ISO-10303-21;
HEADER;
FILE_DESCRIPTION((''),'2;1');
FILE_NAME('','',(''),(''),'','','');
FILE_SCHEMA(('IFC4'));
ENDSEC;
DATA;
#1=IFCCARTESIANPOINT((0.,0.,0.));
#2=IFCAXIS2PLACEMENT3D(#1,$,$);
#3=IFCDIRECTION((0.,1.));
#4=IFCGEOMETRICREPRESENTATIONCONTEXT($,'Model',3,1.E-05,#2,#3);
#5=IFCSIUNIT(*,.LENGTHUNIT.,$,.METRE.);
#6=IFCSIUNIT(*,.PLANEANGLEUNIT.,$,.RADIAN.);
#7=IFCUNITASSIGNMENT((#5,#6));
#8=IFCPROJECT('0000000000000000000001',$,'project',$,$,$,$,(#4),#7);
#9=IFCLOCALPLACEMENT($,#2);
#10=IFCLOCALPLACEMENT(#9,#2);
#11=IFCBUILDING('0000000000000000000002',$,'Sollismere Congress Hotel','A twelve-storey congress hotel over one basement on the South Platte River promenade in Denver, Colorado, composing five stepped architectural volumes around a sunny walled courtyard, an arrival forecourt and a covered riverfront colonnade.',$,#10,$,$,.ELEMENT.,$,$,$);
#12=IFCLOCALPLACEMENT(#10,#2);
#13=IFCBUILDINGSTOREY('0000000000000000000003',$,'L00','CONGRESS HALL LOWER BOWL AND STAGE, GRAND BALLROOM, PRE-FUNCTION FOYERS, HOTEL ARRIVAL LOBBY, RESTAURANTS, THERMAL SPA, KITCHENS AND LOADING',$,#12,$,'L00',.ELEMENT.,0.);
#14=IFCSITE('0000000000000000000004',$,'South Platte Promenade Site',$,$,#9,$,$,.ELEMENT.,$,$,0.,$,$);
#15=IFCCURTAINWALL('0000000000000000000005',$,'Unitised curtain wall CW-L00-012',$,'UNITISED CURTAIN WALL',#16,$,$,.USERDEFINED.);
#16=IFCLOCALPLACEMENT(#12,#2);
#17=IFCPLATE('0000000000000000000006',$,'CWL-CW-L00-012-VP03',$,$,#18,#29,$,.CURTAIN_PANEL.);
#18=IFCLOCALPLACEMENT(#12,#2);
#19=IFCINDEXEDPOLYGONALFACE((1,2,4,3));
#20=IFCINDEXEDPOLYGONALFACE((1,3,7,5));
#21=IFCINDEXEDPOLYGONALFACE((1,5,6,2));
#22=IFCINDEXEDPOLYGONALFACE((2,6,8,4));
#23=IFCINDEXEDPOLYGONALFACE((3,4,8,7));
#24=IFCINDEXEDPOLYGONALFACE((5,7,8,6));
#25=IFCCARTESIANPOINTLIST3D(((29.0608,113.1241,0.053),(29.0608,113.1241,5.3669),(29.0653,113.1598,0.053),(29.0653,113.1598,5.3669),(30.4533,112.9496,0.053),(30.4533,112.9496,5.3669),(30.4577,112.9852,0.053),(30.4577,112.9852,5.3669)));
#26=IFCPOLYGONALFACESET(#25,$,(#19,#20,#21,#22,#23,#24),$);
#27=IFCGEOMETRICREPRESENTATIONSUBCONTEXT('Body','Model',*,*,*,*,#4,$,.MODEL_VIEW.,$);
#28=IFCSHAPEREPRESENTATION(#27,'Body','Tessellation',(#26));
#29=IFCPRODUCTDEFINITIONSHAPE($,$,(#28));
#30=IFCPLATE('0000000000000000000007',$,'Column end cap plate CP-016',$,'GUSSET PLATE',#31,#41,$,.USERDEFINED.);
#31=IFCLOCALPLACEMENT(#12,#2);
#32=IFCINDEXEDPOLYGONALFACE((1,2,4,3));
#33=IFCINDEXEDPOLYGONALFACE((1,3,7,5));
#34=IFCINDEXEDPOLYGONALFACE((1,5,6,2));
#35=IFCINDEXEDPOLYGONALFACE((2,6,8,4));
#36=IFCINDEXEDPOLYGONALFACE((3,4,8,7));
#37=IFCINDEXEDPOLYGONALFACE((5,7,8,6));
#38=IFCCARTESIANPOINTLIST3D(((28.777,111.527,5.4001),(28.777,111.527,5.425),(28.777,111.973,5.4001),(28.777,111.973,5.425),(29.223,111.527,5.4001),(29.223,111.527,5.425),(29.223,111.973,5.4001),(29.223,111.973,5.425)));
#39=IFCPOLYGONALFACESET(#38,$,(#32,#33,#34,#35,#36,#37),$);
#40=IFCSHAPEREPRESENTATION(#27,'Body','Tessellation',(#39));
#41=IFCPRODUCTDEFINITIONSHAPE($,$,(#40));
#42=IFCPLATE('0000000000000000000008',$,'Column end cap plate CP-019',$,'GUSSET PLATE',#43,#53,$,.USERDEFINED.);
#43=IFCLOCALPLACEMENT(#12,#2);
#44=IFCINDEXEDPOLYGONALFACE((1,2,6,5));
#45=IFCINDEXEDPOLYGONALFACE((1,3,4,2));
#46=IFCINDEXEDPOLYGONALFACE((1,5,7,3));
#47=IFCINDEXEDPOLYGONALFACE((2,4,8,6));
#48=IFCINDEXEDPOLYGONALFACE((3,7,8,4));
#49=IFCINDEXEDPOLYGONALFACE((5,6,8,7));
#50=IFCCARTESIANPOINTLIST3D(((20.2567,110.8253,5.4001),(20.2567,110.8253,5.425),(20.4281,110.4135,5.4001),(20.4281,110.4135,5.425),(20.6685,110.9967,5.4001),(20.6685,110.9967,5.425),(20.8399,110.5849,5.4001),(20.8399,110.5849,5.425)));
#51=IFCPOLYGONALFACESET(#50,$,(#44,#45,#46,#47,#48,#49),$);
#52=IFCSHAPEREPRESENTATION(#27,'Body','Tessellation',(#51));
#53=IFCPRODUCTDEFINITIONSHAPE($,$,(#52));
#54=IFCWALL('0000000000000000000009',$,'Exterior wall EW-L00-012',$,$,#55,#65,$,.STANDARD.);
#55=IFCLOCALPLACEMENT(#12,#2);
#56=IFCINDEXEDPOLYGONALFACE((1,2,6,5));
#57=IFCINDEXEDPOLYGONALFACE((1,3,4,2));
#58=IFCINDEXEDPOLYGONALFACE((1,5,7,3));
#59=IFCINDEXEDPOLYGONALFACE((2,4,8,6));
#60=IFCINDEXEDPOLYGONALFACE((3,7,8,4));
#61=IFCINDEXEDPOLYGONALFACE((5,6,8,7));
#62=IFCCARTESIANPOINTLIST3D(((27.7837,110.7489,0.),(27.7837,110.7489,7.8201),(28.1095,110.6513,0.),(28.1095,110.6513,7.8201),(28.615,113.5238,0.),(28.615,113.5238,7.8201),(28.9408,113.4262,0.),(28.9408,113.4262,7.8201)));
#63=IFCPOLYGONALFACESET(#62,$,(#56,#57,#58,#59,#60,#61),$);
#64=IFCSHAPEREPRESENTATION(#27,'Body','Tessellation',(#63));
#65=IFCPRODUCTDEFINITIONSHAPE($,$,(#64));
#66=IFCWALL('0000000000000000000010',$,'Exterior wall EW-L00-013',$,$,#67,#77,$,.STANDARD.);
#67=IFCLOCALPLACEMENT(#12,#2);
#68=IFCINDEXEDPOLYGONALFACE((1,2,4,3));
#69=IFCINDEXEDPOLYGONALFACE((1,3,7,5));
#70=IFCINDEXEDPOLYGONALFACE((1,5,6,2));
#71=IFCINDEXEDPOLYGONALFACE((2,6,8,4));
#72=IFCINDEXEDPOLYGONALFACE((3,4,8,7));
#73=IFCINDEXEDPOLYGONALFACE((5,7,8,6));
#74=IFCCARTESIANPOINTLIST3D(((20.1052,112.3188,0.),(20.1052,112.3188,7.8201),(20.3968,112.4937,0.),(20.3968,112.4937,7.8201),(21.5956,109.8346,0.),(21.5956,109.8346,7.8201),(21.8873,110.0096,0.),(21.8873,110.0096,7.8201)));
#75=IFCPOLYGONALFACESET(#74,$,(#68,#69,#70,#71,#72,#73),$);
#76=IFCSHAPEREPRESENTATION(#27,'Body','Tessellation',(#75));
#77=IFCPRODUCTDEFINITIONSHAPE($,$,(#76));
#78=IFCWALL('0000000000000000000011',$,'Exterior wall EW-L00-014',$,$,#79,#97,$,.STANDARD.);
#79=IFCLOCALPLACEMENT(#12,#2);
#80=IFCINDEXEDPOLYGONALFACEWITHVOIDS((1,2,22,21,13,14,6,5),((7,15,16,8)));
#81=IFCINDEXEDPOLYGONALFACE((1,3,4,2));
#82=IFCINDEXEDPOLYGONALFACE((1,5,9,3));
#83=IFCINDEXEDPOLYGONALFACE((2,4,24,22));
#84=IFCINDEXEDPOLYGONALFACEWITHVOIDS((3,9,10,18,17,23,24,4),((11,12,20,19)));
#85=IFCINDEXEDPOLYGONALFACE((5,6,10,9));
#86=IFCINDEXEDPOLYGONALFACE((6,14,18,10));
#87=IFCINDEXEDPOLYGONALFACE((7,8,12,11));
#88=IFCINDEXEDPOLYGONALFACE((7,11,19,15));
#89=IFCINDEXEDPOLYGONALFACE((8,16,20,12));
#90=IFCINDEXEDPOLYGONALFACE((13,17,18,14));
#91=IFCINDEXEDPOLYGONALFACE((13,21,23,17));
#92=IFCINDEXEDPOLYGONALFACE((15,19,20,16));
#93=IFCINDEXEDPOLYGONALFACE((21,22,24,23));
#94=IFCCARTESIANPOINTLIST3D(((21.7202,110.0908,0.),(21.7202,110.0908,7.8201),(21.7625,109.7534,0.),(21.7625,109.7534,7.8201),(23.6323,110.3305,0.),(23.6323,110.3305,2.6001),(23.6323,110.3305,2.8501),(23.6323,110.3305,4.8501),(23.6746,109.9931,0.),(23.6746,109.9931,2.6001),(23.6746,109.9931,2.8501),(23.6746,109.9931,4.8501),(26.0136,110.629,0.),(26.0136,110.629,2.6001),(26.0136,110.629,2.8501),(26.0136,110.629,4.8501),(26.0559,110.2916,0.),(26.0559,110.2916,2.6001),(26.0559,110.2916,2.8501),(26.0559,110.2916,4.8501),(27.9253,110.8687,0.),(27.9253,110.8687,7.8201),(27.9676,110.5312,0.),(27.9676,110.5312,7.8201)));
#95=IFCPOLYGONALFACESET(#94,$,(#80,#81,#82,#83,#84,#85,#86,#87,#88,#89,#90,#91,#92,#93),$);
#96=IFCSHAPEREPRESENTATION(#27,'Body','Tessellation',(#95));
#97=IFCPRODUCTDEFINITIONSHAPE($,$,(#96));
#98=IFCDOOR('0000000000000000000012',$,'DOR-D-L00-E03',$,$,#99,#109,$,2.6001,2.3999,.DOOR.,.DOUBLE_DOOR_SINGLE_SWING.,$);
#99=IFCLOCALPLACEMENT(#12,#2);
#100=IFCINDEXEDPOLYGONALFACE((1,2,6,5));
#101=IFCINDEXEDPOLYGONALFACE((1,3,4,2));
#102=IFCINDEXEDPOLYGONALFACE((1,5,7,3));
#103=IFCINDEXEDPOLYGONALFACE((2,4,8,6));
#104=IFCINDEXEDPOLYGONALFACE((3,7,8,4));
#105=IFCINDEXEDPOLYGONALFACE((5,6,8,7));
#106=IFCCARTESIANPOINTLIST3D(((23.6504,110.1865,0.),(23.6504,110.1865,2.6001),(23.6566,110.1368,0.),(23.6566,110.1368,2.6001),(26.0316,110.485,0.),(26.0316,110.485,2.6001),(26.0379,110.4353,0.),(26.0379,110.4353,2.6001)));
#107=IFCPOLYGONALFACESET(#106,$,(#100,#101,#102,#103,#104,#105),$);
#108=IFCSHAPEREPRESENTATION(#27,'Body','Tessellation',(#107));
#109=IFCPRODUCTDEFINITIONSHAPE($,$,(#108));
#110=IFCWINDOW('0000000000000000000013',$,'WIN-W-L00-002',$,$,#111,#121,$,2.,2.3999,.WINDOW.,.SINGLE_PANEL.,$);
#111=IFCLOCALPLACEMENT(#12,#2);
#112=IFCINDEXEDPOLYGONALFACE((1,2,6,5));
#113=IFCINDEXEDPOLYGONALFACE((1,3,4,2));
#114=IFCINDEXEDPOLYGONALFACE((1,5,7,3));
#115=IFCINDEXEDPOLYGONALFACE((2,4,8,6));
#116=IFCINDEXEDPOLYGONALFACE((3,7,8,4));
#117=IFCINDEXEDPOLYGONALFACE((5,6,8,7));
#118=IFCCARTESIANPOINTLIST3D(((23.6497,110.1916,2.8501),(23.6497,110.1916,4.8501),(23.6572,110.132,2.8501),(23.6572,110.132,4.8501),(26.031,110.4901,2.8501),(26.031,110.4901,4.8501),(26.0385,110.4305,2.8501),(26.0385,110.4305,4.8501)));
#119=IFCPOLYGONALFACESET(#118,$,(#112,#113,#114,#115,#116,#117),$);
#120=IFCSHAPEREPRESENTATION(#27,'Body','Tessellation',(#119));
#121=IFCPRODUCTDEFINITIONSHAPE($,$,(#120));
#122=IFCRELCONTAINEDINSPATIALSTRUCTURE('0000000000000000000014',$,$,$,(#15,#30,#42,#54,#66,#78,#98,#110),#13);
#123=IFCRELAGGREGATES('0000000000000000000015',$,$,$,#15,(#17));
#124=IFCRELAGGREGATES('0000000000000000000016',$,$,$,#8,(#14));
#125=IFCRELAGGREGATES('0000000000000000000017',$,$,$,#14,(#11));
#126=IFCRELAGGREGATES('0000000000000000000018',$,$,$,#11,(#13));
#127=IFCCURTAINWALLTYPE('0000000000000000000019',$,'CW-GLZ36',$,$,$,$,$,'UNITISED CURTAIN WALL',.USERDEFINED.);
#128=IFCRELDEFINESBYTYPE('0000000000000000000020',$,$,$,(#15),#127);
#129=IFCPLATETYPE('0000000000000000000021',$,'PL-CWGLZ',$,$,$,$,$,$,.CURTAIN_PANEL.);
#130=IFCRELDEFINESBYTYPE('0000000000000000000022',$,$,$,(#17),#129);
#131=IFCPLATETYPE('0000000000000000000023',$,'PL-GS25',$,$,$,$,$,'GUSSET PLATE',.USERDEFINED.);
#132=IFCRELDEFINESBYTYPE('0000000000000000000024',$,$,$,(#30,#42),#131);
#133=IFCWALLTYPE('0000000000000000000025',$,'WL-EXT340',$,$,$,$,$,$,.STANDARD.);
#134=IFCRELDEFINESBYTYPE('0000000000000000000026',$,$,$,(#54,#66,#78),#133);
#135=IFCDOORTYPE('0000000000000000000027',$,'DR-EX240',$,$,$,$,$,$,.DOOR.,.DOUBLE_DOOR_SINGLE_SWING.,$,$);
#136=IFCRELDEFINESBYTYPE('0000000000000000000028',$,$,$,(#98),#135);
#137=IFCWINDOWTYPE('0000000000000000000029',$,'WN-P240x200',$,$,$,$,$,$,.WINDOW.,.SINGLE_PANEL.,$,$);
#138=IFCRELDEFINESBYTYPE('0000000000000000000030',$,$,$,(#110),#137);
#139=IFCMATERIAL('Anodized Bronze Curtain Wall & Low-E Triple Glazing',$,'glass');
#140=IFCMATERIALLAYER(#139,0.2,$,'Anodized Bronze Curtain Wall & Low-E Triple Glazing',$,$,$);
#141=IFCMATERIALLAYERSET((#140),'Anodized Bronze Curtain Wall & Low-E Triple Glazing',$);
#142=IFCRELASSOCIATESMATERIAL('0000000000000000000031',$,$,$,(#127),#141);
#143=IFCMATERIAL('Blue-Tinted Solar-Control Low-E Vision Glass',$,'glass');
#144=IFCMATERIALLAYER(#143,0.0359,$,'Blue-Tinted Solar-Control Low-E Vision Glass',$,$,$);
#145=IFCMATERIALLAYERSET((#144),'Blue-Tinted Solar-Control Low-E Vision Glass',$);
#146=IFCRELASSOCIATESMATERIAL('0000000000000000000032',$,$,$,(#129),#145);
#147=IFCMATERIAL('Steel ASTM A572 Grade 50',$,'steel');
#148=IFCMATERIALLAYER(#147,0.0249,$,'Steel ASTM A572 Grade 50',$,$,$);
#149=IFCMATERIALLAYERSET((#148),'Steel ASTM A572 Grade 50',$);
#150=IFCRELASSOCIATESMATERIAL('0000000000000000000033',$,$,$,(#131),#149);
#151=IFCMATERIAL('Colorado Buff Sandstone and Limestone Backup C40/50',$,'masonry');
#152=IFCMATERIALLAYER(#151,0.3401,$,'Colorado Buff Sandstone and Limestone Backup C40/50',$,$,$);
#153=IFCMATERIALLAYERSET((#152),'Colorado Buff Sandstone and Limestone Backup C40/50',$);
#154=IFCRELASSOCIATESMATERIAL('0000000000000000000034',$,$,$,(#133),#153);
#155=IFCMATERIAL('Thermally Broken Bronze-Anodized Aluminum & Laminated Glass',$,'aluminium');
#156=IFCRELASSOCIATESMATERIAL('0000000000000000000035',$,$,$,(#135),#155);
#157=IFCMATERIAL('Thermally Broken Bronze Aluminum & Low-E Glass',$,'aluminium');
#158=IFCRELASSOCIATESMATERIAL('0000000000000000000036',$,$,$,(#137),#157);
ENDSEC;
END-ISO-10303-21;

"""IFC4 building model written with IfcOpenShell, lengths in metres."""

from ifc_helpers import new_model, si_unit, direction, frame, frame_2d, origin, origin_2d, place, context, subcontext, project, spatial, rectangle, extrude, material, layer, layer_set, type_object, element, fill, aggregate, save


model = new_model("IFC4")

# Units and contexts
model_context = context("Model", 3, precision=1e-05, world=origin(), true_north=direction((0.0, 1.0)))
body_context = subcontext(model_context, "Body", "Model", "MODEL_VIEW")
ifc_project = project(units=[si_unit("LENGTHUNIT", "METRE"), si_unit("PLANEANGLEUNIT", "RADIAN")], contexts=[model_context])

# Site, building, storey
site_placement = place(None, origin())
site = spatial("IfcSite", under=ifc_project, at=site_placement, Name="South Platte Promenade Site", CompositionType="ELEMENT", RefElevation=0.0)
building_placement = place(site_placement, origin())
building = spatial("IfcBuilding", under=site, at=building_placement, Name="Sollismere Congress Hotel", Description="A twelve-storey congress hotel over one basement on the South Platte River promenade in Denver, Colorado, composing five stepped architectural volumes around a sunny walled courtyard, an arrival forecourt and a covered riverfront colonnade.", CompositionType="ELEMENT")
storey_placement = place(building_placement, origin())
storey = spatial("IfcBuildingStorey", under=building, at=storey_placement, Name="L00", Description="CONGRESS HALL LOWER BOWL AND STAGE, GRAND BALLROOM, PRE-FUNCTION FOYERS, HOTEL ARRIVAL LOBBY, RESTAURANTS, THERMAL SPA, KITCHENS AND LOADING", LongName="L00", CompositionType="ELEMENT", Elevation=0.0)

# Curtain wall
ifc_material_1 = material(Name="Anodized Bronze Curtain Wall & Low-E Triple Glazing", Category="glass")
ifc_layer_1 = layer(ifc_material_1, 0.2, Name="Anodized Bronze Curtain Wall & Low-E Triple Glazing")
ifc_layer_set_1 = layer_set([ifc_layer_1], Name="Anodized Bronze Curtain Wall & Low-E Triple Glazing")
curtain_wall_type = type_object("IfcCurtainWallType", Name="CW-GLZ36", ElementType="UNITISED CURTAIN WALL", PredefinedType="USERDEFINED", material=ifc_layer_set_1)
curtain_wall_1_placement = place(storey_placement, origin())
curtain_wall_1 = element("IfcCurtainWall", 1, at=curtain_wall_1_placement, inside=storey, type_object=curtain_wall_type, Name="Unitised curtain wall CW-L00-012", ObjectType="UNITISED CURTAIN WALL", PredefinedType="USERDEFINED")

# Plate
ifc_material_2 = material(Name="Blue-Tinted Solar-Control Low-E Vision Glass", Category="glass")
ifc_layer_2 = layer(ifc_material_2, 0.0359, Name="Blue-Tinted Solar-Control Low-E Vision Glass")
ifc_layer_set_2 = layer_set([ifc_layer_2], Name="Blue-Tinted Solar-Control Low-E Vision Glass")
plate_type_1 = type_object("IfcPlateType", Name="PL-CWGLZ", PredefinedType="CURTAIN_PANEL", material=ifc_layer_set_2)
plate_1_placement = place(storey_placement, frame((29.7593, 113.0547, 0.053), z_axis=(0.0, 0.0, 1.0), x_axis=(-0.992237, 0.124363, 0.0)))
plate_1 = element("IfcPlate", 2, at=plate_1_placement, type_object=plate_type_1, Name="CWL-CW-L00-012-VP03", PredefinedType="CURTAIN_PANEL", context=body_context, shape_type="SweptSolid", body=[
    extrude(rectangle(XDim=1.4033, YDim=0.0359, at=origin_2d()), origin(), (0.0, 0.0, 1.0), 5.314),
])
aggregate(curtain_wall_1, [plate_1])

# Plates
ifc_material_3 = material(Name="Steel ASTM A572 Grade 50", Category="steel")
ifc_layer_3 = layer(ifc_material_3, 0.0249, Name="Steel ASTM A572 Grade 50")
ifc_layer_set_3 = layer_set([ifc_layer_3], Name="Steel ASTM A572 Grade 50")
plate_type_2 = type_object("IfcPlateType", Name="PL-GS25", ElementType="GUSSET PLATE", PredefinedType="USERDEFINED", material=ifc_layer_set_3)
for number, where, z_axis, x_axis, name in (
    (3, (29.0, 111.75, 5.4001), (0.0, 0.0, 1.0), (0.0, 1.0, 0.0), "Column end cap plate CP-016"),
    (4, (20.5483, 110.7051, 5.4001), (0.0, 0.0, 1.0), (-0.384295, 0.92321, 0.0), "Column end cap plate CP-019"),
):
    element("IfcPlate", number, at=place(storey_placement, frame(where, z_axis=z_axis, x_axis=x_axis)), inside=storey, type_object=plate_type_2, Name=name, ObjectType="GUSSET PLATE", PredefinedType="USERDEFINED", context=body_context, shape_type="SweptSolid", body=[
        extrude(rectangle(XDim=0.446, YDim=0.446, at=origin_2d()), origin(), (0.0, 0.0, 1.0), 0.0249),
    ])

# Walls
ifc_material_4 = material(Name="Colorado Buff Sandstone and Limestone Backup C40/50", Category="masonry")
ifc_layer_4 = layer(ifc_material_4, 0.3401, Name="Colorado Buff Sandstone and Limestone Backup C40/50")
ifc_layer_set_4 = layer_set([ifc_layer_4], Name="Colorado Buff Sandstone and Limestone Backup C40/50")
wall_type = type_object("IfcWallType", Name="WL-EXT340", PredefinedType="STANDARD", material=ifc_layer_set_4)
wall_1_placement = place(storey_placement, frame((28.7778, 113.4749, 0.0), z_axis=(0.0, 0.0, 1.0), x_axis=(-0.286977, -0.957938, 0.0)))
element("IfcWall", 5, at=wall_1_placement, inside=storey, type_object=wall_type, Name="Exterior wall EW-L00-012", PredefinedType="STANDARD", context=body_context, shape_type="SweptSolid", body=[
    extrude(rectangle(XDim=2.8967, YDim=0.3401, at=frame_2d((1.4482, 0.0))), origin(), (0.0, 0.0, 1.0), 7.8201),
])
wall_2_placement = place(storey_placement, frame((21.7415, 109.9221, 0.0), z_axis=(0.0, 0.0, 1.0), x_axis=(-0.514496, 0.857493, 0.0)))
element("IfcWall", 6, at=wall_2_placement, inside=storey, type_object=wall_type, Name="Exterior wall EW-L00-013", PredefinedType="STANDARD", context=body_context, shape_type="SweptSolid", body=[
    extrude(rectangle(XDim=2.897, YDim=0.3401, at=frame_2d((1.4485, 0.0))), origin(), (0.0, 0.0, 1.0), 7.8201),
])

# Wall, openings, door, window
wall_3_placement = place(storey_placement, frame((27.9465, 110.7, 0.0), z_axis=(0.0, 0.0, 1.0), x_axis=(-0.992235, -0.124381, 0.0)))
wall_3 = element("IfcWall", 7, at=wall_3_placement, inside=storey, type_object=wall_type, Name="Exterior wall EW-L00-014", PredefinedType="STANDARD", context=body_context, shape_type="SweptSolid", body=[
    extrude(rectangle(XDim=6.2537, YDim=0.3401, at=frame_2d((3.127, 0.0))), origin(), (0.0, 0.0, 1.0), 7.8201),
])
opening_1_placement = place(wall_3_placement, frame((1.9268, 0.0, 0.0)))
opening_1 = element("IfcOpeningElement", 8, at=opening_1_placement, cuts=wall_3, PredefinedType="OPENING", context=body_context, shape_type="SweptSolid", body=[
    extrude(rectangle(XDim=2.3999, YDim=2.6001, at=frame_2d((1.2, 1.3))), frame((0.0, 0.1799, 0.0), z_axis=(0.0, -1.0, 0.0), x_axis=(1.0, 0.0, 0.0)), (0.0, 0.0, 1.0), 0.3601),
])
opening_2_placement = place(wall_3_placement, frame((1.9268, 0.0, 2.8501)))
opening_2 = element("IfcOpeningElement", 9, at=opening_2_placement, cuts=wall_3, PredefinedType="OPENING", context=body_context, shape_type="SweptSolid", body=[
    extrude(rectangle(XDim=2.3999, YDim=2.0, at=frame_2d((1.2, 1.0))), frame((0.0, 0.1799, 0.0), z_axis=(0.0, -1.0, 0.0), x_axis=(1.0, 0.0, 0.0)), (0.0, 0.0, 1.0), 0.3601),
])
ifc_material_5 = material(Name="Thermally Broken Bronze-Anodized Aluminum & Laminated Glass", Category="aluminium")
door_type = type_object("IfcDoorType", Name="DR-EX240", OperationType="DOUBLE_DOOR_SINGLE_SWING", PredefinedType="DOOR", material=ifc_material_5)
door_placement = place(opening_1_placement, frame((2.3999, 0.0, 0.0), z_axis=(0.0, 0.0, 1.0), x_axis=(-1.0, 0.0, 0.0)))
door = element("IfcDoor", 10, at=door_placement, inside=storey, type_object=door_type, Name="DOR-D-L00-E03", OperationType="DOUBLE_DOOR_SINGLE_SWING", OverallHeight=2.6001, OverallWidth=2.3999, PredefinedType="DOOR", context=body_context, shape_type="SweptSolid", body=[
    extrude(rectangle(XDim=2.3999, YDim=2.6001, at=frame_2d((1.2, 1.3))), frame((0.0, 0.0249, 0.0), z_axis=(0.0, -1.0, 0.0), x_axis=(1.0, 0.0, 0.0)), (0.0, 0.0, 1.0), 0.05),
])
fill(opening_1, door)
ifc_material_6 = material(Name="Thermally Broken Bronze Aluminum & Low-E Glass", Category="aluminium")
window_type = type_object("IfcWindowType", Name="WN-P240x200", PartitioningType="SINGLE_PANEL", PredefinedType="WINDOW", material=ifc_material_6)
window_placement = place(opening_2_placement, origin())
window = element("IfcWindow", 11, at=window_placement, inside=storey, type_object=window_type, Name="WIN-W-L00-002", OverallHeight=2.0, OverallWidth=2.3999, PartitioningType="SINGLE_PANEL", PredefinedType="WINDOW", context=body_context, shape_type="SweptSolid", body=[
    extrude(rectangle(XDim=2.3999, YDim=2.0, at=frame_2d((1.2, 1.0))), frame((0.0, 0.03, 0.0), z_axis=(0.0, -1.0, 0.0), x_axis=(1.0, 0.0, 0.0)), (0.0, 0.0, 1.0), 0.0601),
])
fill(opening_2, window)

save(model, "model.ifc")
